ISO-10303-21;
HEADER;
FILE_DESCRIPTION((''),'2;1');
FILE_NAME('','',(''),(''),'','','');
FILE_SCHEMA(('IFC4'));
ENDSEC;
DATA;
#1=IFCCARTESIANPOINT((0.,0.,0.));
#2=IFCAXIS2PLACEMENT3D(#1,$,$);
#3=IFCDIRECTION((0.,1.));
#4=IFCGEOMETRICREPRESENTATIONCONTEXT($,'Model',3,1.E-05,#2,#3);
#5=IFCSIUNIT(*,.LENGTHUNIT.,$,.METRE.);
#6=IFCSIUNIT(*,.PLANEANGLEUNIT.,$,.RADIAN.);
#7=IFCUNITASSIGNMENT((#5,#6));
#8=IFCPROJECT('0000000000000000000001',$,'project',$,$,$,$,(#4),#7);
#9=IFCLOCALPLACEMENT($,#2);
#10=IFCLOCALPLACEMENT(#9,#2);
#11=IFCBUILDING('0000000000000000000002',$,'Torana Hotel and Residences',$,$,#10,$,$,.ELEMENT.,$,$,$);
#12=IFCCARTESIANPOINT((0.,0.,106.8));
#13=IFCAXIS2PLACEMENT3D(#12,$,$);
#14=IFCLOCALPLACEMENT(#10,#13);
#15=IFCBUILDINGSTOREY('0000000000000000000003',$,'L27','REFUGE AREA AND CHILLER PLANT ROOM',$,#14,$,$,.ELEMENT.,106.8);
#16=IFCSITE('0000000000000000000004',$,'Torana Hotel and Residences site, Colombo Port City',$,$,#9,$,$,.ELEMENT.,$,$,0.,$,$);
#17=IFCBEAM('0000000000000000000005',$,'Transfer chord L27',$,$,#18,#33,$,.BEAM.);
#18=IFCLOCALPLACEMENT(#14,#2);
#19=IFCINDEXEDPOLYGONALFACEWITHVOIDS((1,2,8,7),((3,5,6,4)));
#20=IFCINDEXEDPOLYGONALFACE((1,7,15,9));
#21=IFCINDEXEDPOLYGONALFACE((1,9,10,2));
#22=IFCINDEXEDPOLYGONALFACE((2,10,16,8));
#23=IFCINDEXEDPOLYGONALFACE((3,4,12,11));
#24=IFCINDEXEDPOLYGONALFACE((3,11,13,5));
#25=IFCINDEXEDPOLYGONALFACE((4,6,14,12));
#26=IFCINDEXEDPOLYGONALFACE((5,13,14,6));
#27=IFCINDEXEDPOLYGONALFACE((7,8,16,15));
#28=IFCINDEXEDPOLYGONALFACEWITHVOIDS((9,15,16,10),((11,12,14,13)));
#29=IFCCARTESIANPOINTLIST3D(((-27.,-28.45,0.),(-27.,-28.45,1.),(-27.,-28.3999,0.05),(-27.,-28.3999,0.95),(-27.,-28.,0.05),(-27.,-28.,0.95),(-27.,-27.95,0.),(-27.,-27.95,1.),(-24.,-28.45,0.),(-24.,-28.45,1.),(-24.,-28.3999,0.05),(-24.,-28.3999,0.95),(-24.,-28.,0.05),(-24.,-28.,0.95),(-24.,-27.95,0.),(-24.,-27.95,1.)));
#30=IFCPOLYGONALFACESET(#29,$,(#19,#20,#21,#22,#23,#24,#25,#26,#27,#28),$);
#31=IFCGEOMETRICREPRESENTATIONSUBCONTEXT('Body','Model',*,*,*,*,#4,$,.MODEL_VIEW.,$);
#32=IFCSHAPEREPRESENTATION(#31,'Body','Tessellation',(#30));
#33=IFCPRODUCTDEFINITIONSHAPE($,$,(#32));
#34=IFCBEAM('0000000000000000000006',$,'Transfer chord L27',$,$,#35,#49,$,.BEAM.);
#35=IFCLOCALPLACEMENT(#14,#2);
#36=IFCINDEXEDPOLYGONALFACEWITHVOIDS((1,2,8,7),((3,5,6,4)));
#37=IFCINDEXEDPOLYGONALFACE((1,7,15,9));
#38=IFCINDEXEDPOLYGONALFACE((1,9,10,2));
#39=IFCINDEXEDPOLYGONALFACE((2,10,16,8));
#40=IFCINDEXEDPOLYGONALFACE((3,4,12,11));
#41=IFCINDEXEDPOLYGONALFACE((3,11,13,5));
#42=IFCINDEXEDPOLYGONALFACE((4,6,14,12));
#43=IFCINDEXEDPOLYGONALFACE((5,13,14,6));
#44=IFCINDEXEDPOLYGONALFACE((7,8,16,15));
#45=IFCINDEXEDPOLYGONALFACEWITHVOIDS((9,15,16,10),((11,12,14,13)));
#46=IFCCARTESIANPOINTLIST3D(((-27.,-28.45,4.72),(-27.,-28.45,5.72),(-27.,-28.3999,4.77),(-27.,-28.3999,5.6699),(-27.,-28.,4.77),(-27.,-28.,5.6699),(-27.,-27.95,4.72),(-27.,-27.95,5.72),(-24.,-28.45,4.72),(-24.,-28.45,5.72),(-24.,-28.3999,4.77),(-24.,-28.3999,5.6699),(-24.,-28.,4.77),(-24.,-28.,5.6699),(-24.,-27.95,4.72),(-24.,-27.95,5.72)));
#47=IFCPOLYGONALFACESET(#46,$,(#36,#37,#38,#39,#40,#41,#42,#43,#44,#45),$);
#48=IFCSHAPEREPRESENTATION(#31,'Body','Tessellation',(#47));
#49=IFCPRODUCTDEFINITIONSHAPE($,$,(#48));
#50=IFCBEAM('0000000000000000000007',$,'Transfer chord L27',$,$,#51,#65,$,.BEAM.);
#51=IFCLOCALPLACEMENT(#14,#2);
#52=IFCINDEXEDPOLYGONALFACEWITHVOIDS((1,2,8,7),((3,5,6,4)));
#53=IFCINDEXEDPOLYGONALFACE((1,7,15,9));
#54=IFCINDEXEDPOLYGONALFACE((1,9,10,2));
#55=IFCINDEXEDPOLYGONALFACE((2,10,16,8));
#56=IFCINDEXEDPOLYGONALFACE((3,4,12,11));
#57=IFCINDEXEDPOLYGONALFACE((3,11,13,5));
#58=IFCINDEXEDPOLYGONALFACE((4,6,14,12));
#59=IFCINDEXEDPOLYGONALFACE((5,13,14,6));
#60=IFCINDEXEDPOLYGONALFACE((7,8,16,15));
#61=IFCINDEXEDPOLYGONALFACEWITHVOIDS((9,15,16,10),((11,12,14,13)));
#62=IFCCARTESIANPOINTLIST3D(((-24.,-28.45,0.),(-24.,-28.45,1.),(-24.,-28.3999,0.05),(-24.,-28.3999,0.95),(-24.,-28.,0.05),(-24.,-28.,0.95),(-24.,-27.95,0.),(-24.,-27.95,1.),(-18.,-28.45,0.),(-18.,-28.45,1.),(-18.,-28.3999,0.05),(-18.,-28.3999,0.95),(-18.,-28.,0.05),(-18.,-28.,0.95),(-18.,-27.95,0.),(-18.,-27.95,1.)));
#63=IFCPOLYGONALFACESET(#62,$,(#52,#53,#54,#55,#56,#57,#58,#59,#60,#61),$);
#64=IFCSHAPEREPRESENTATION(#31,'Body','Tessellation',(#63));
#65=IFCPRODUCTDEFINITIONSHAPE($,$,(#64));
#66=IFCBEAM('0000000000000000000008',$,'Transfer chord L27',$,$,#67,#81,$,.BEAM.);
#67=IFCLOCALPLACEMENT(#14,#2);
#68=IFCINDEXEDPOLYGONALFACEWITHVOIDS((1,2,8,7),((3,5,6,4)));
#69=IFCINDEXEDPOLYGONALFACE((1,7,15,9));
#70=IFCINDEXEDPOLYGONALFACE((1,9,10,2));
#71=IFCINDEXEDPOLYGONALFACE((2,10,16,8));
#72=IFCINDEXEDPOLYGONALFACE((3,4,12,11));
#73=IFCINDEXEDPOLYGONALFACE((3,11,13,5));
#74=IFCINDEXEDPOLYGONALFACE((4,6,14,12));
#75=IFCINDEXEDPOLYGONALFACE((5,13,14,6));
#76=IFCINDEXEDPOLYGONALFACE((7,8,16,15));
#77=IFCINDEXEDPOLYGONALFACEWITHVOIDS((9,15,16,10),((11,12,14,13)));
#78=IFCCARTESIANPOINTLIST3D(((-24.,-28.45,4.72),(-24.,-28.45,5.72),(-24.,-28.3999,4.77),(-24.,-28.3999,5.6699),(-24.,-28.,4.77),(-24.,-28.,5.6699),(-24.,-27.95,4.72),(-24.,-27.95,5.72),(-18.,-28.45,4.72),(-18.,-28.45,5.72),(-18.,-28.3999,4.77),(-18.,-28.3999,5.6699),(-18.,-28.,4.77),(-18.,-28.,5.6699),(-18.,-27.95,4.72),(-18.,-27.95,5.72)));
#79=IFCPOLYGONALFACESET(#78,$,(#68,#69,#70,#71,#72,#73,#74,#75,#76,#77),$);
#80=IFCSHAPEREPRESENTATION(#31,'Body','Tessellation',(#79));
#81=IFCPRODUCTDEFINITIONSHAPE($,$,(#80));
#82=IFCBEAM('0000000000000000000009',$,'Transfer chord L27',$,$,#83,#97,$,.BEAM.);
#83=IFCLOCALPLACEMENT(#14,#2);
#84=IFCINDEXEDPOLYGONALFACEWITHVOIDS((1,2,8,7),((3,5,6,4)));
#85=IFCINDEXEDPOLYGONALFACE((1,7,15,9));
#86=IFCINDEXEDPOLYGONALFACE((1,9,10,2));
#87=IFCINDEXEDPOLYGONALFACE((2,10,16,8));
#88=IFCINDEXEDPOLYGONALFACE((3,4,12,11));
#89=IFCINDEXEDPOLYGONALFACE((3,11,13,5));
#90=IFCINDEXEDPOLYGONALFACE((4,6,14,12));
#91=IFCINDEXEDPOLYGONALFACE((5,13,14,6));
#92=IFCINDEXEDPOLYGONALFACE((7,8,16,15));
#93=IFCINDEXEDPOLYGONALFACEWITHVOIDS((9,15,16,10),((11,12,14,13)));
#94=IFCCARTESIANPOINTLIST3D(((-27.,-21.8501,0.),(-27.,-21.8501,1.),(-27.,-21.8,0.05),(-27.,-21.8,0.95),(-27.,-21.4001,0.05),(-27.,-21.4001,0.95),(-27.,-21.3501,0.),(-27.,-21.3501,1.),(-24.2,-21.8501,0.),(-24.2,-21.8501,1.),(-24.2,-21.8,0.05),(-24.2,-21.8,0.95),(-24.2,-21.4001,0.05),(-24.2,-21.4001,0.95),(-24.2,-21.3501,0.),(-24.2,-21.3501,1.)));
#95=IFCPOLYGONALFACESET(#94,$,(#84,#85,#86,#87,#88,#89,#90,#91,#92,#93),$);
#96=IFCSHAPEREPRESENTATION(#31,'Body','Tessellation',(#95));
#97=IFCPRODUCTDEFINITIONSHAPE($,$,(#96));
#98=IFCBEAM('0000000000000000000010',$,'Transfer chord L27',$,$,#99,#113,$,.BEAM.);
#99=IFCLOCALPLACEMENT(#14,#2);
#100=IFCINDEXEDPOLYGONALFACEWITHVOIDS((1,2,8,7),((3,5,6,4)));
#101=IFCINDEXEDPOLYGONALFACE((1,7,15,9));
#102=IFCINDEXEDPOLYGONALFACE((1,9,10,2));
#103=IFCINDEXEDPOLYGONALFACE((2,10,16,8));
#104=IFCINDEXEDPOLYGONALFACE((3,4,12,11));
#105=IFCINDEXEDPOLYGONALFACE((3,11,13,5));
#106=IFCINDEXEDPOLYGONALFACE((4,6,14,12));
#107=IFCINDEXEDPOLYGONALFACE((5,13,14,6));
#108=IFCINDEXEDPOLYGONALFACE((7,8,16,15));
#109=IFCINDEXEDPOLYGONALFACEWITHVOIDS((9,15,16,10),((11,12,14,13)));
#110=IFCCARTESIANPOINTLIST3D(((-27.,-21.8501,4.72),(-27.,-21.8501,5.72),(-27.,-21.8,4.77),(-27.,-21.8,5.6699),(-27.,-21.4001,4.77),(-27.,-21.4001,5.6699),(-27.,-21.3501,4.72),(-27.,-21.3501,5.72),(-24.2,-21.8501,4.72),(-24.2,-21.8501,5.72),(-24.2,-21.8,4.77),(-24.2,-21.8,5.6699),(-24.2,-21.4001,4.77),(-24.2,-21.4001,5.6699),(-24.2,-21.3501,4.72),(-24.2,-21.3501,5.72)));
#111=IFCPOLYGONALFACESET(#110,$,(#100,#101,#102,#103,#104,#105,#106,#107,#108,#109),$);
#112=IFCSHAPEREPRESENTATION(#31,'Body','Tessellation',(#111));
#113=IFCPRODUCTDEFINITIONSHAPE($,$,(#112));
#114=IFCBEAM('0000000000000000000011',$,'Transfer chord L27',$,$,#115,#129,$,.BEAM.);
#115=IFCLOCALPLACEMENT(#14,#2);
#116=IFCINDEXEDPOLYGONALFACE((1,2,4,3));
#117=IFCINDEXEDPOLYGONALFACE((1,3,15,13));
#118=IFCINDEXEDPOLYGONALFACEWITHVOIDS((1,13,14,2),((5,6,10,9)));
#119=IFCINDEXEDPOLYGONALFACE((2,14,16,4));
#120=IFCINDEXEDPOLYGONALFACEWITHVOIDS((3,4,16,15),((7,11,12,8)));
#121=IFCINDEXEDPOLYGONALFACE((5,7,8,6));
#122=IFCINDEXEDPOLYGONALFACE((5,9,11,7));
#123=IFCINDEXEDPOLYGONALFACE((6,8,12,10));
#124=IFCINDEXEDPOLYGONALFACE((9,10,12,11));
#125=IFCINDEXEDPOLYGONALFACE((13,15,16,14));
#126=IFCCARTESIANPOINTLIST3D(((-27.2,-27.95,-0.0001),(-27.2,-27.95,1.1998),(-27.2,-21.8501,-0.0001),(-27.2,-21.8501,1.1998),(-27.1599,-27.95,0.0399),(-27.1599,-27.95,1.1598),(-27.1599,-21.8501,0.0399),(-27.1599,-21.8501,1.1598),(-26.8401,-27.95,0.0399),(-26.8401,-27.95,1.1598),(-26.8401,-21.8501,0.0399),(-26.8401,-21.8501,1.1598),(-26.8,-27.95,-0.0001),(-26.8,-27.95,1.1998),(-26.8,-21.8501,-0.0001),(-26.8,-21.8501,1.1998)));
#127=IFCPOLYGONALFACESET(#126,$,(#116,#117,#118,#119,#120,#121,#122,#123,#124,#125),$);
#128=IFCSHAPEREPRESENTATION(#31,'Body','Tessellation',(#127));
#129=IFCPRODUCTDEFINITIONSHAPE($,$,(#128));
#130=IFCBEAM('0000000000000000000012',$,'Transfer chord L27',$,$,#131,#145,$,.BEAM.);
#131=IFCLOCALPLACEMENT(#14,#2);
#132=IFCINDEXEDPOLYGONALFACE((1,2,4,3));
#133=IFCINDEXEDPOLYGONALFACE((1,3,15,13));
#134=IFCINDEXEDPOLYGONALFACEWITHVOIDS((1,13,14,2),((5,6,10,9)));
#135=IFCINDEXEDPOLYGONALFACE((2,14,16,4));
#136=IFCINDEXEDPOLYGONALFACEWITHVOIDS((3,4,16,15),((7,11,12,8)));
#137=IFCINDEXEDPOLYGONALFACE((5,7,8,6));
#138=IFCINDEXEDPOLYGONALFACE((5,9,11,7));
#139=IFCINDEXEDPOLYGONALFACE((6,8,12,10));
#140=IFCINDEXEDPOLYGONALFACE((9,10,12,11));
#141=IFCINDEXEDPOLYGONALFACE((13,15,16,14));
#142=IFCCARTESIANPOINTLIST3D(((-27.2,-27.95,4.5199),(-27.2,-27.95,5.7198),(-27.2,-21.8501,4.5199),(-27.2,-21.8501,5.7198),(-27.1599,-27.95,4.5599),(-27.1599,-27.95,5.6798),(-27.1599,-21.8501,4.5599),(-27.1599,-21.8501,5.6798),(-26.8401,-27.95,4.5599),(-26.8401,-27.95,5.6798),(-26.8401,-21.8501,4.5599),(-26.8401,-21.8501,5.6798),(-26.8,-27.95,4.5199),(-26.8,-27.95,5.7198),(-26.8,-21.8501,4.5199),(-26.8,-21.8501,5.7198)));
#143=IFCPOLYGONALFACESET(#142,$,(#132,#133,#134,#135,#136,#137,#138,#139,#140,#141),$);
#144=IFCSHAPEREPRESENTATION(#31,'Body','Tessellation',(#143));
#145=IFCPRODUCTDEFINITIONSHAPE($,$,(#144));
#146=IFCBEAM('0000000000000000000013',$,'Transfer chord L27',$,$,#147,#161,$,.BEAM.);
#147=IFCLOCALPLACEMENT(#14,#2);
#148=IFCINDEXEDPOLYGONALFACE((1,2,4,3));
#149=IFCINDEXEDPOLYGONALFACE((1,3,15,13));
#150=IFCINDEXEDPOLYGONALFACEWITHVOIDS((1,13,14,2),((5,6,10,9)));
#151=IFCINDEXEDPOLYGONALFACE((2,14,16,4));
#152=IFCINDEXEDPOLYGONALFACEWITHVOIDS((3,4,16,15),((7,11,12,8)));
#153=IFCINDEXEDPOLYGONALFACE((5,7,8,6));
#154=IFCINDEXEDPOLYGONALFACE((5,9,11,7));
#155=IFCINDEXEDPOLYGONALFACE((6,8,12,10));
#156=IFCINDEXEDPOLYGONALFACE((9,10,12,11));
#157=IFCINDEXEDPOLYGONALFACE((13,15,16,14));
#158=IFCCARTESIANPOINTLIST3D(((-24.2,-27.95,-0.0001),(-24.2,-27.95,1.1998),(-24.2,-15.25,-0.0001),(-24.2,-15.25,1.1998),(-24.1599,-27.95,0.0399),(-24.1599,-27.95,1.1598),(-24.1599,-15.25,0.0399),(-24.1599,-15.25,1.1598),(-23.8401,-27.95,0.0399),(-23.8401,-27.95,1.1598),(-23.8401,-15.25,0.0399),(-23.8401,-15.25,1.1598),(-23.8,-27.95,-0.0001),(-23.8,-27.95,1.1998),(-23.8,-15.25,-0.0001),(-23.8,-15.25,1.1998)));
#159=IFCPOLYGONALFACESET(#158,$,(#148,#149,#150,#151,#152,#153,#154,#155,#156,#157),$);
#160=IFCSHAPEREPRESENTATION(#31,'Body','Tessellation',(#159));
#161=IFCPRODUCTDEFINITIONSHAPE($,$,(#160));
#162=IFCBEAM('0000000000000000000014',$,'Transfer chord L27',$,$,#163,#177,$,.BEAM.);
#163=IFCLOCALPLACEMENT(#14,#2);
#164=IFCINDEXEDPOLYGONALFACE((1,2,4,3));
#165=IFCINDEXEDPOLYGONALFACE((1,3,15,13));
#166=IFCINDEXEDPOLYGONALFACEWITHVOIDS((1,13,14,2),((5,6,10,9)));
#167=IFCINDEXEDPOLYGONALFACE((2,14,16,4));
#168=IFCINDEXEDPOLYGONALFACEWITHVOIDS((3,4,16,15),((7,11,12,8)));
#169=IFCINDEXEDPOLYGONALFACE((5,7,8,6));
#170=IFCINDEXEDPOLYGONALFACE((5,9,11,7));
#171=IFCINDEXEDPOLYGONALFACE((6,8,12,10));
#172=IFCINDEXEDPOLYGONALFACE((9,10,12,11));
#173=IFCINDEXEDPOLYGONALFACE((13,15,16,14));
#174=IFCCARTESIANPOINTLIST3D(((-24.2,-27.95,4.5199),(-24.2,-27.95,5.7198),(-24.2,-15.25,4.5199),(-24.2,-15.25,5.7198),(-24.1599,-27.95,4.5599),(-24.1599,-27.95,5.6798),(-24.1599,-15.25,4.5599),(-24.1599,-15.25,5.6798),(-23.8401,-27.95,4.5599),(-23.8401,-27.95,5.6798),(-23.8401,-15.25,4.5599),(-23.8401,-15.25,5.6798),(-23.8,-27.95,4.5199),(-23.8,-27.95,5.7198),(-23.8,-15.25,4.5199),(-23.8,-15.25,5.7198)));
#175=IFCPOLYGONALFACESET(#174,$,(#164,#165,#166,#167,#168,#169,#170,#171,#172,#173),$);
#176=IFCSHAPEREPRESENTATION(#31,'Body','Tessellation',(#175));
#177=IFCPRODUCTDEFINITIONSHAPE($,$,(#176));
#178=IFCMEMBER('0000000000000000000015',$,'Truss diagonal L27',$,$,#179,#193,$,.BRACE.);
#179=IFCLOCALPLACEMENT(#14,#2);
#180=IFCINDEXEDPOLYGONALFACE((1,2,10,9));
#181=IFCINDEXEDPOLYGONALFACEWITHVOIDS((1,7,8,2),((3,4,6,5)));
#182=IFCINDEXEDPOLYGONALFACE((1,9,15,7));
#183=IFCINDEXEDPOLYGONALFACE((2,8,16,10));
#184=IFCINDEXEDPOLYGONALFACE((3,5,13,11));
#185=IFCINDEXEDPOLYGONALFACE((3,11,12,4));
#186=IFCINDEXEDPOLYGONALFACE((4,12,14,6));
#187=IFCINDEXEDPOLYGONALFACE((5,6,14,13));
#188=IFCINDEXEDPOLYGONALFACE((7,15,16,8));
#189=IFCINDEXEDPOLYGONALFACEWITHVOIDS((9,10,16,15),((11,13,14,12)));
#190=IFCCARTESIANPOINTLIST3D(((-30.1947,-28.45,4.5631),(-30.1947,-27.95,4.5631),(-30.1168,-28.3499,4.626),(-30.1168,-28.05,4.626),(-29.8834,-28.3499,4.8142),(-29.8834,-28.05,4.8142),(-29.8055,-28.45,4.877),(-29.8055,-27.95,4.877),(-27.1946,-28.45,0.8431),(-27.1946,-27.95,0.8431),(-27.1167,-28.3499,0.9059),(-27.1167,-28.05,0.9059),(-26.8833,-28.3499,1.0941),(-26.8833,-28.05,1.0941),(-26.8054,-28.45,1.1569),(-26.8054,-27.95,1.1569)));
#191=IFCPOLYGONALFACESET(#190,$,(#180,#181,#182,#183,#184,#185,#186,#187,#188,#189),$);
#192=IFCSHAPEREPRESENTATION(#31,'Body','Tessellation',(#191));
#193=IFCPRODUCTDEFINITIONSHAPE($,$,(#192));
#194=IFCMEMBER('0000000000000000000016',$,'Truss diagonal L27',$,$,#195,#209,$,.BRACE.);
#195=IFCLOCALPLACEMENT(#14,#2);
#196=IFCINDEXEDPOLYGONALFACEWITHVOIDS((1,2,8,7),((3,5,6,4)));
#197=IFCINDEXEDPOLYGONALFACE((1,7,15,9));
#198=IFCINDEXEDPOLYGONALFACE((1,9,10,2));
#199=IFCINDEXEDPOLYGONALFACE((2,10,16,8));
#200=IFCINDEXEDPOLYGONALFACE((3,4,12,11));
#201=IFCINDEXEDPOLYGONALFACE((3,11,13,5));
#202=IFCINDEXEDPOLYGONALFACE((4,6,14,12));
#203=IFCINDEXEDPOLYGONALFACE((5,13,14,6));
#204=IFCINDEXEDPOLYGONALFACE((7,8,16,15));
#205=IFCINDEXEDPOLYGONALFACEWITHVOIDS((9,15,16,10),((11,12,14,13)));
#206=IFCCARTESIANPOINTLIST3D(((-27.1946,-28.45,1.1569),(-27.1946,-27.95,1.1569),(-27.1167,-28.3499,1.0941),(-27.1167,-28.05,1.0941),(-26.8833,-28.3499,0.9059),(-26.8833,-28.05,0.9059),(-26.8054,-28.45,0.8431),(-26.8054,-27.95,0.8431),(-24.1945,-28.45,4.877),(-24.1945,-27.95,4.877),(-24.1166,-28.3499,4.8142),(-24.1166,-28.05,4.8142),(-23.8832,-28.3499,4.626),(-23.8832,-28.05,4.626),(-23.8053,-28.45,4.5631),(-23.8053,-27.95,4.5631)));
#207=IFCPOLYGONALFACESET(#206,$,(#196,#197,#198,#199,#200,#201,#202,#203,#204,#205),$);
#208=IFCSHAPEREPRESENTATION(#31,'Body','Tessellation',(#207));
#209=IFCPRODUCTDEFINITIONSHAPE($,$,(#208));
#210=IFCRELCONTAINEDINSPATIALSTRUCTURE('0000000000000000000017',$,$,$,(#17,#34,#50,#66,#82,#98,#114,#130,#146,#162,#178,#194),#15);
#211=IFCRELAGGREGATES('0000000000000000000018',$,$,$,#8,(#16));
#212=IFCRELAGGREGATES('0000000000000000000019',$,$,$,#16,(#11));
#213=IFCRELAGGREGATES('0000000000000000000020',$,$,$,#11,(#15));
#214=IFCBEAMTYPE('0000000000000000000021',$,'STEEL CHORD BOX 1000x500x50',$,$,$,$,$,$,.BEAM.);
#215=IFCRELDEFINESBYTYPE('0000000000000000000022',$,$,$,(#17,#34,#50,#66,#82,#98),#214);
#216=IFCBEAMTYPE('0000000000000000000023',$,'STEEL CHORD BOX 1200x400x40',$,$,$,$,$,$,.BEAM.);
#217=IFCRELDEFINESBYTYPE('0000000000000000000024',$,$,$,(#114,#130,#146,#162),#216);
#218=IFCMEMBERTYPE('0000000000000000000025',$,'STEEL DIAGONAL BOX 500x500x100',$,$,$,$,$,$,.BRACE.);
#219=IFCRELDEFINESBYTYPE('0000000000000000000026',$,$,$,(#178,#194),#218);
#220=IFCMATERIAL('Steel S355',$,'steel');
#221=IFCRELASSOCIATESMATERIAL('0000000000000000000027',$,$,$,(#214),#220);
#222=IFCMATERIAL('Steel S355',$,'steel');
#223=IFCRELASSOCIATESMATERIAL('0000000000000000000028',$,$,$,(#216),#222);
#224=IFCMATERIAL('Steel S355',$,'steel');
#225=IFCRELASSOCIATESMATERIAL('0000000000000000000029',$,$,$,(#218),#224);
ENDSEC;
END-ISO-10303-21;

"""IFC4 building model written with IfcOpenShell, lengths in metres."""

from ifc_helpers import new_model, si_unit, direction, frame, origin, origin_2d, place, context, subcontext, project, spatial, hollow_rectangle, extrude, material, material_profile, profile_set, type_object, element, save


model = new_model("IFC4")

# Units and contexts
model_context = context("Model", 3, precision=1e-05, world=origin(), true_north=direction((0.0, 1.0)))
body_context = subcontext(model_context, "Body", "Model", "MODEL_VIEW")
ifc_project = project(units=[si_unit("LENGTHUNIT", "METRE"), si_unit("PLANEANGLEUNIT", "RADIAN")], contexts=[model_context])

# Site, building, storey
site_placement = place(None, origin())
site = spatial("IfcSite", under=ifc_project, at=site_placement, Name="Torana Hotel and Residences site, Colombo Port City", CompositionType="ELEMENT", RefElevation=0.0)
building_placement = place(site_placement, origin())
building = spatial("IfcBuilding", under=site, at=building_placement, Name="Torana Hotel and Residences", CompositionType="ELEMENT")
storey_placement = place(building_placement, frame((0.0, 0.0, 106.8)))
storey = spatial("IfcBuildingStorey", under=building, at=storey_placement, Name="L27", Description="REFUGE AREA AND CHILLER PLANT ROOM", CompositionType="ELEMENT", Elevation=106.8)

# Beams
ifc_material_1 = material(Name="Steel S355", Category="steel")
ifc_material_profile_1 = material_profile(ifc_material_1, hollow_rectangle(XDim=0.5, YDim=1.0, WallThickness=0.05, at=origin_2d()), Name="BOX 1000x500x50")
ifc_profile_set_1 = profile_set([ifc_material_profile_1], Name="Steel S355")
beam_type_1 = type_object("IfcBeamType", Name="STEEL CHORD BOX 1000x500x50", PredefinedType="BEAM", material=ifc_profile_set_1)
for number, where, z_axis, x_axis, name in (
    (1, (-27.0, -28.2, 0.5), (1.0, 0.0, 0.0), (0.0, 1.0, 0.0), "Transfer chord L27"),
    (2, (-27.0, -28.2, 5.22), (1.0, 0.0, 0.0), (0.0, 1.0, 0.0), "Transfer chord L27"),
):
    element("IfcBeam", number, at=place(storey_placement, frame(where, z_axis=z_axis, x_axis=x_axis)), inside=storey, type_object=beam_type_1, Name=name, PredefinedType="BEAM", context=body_context, shape_type="SweptSolid", body=[
        extrude(hollow_rectangle(XDim=0.5, YDim=1.0, WallThickness=0.05, at=origin_2d()), origin(), (0.0, 0.0, 1.0), 3.0),
    ])
for number, where, z_axis, x_axis, name in (
    (3, (-24.0, -28.2, 0.5), (1.0, 0.0, 0.0), (0.0, 1.0, 0.0), "Transfer chord L27"),
    (4, (-24.0, -28.2, 5.22), (1.0, 0.0, 0.0), (0.0, 1.0, 0.0), "Transfer chord L27"),
):
    element("IfcBeam", number, at=place(storey_placement, frame(where, z_axis=z_axis, x_axis=x_axis)), inside=storey, type_object=beam_type_1, Name=name, PredefinedType="BEAM", context=body_context, shape_type="SweptSolid", body=[
        extrude(hollow_rectangle(XDim=0.5, YDim=1.0, WallThickness=0.05, at=origin_2d()), origin(), (0.0, 0.0, 1.0), 6.0),
    ])
for number, where, z_axis, x_axis, name in (
    (5, (-27.0, -21.6001, 0.5), (1.0, 0.0, 0.0), (0.0, 1.0, 0.0), "Transfer chord L27"),
    (6, (-27.0, -21.6001, 5.22), (1.0, 0.0, 0.0), (0.0, 1.0, 0.0), "Transfer chord L27"),
):
    element("IfcBeam", number, at=place(storey_placement, frame(where, z_axis=z_axis, x_axis=x_axis)), inside=storey, type_object=beam_type_1, Name=name, PredefinedType="BEAM", context=body_context, shape_type="SweptSolid", body=[
        extrude(hollow_rectangle(XDim=0.5, YDim=1.0, WallThickness=0.05, at=origin_2d()), origin(), (0.0, 0.0, 1.0), 2.8),
    ])
ifc_material_2 = material(Name="Steel S355", Category="steel")
ifc_material_profile_2 = material_profile(ifc_material_2, hollow_rectangle(XDim=0.3999, YDim=1.2, WallThickness=0.04, at=origin_2d()), Name="BOX 1200x400x40")
ifc_profile_set_2 = profile_set([ifc_material_profile_2], Name="Steel S355")
beam_type_2 = type_object("IfcBeamType", Name="STEEL CHORD BOX 1200x400x40", PredefinedType="BEAM", material=ifc_profile_set_2)
for number, where, z_axis, x_axis, name in (
    (7, (-27.0, -27.95, 0.5999), (0.0, 1.0, 0.0), (-1.0, 0.0, 0.0), "Transfer chord L27"),
    (8, (-27.0, -27.95, 5.1199), (0.0, 1.0, 0.0), (-1.0, 0.0, 0.0), "Transfer chord L27"),
):
    element("IfcBeam", number, at=place(storey_placement, frame(where, z_axis=z_axis, x_axis=x_axis)), inside=storey, type_object=beam_type_2, Name=name, PredefinedType="BEAM", context=body_context, shape_type="SweptSolid", body=[
        extrude(hollow_rectangle(XDim=0.3999, YDim=1.2, WallThickness=0.04, at=origin_2d()), origin(), (0.0, 0.0, 1.0), 6.0999),
    ])
for number, where, z_axis, x_axis, name in (
    (9, (-24.0, -27.95, 0.5999), (0.0, 1.0, 0.0), (-1.0, 0.0, 0.0), "Transfer chord L27"),
    (10, (-24.0, -27.95, 5.1199), (0.0, 1.0, 0.0), (-1.0, 0.0, 0.0), "Transfer chord L27"),
):
    element("IfcBeam", number, at=place(storey_placement, frame(where, z_axis=z_axis, x_axis=x_axis)), inside=storey, type_object=beam_type_2, Name=name, PredefinedType="BEAM", context=body_context, shape_type="SweptSolid", body=[
        extrude(hollow_rectangle(XDim=0.3999, YDim=1.2, WallThickness=0.04, at=origin_2d()), origin(), (0.0, 0.0, 1.0), 12.7),
    ])

# Members
ifc_material_3 = material(Name="Steel S355", Category="steel")
ifc_material_profile_3 = material_profile(ifc_material_3, hollow_rectangle(XDim=0.5, YDim=0.5, WallThickness=0.1001, at=origin_2d()), Name="BOX 500x500x100")
ifc_profile_set_3 = profile_set([ifc_material_profile_3], Name="Steel S355")
member_type_1 = type_object("IfcMemberType", Name="STEEL DIAGONAL BOX 500x500x100", PredefinedType="BRACE", material=ifc_profile_set_3)
for number, where, z_axis, x_axis, name in (
    (11, (-27.0, -28.2, 1.0), (-0.627755, 0.0, 0.778411), (0.0, -1.0, 0.0), "Truss diagonal L27"),
    (12, (-27.0, -28.2, 1.0), (0.627755, 0.0, 0.778411), (0.0, 1.0, 0.0), "Truss diagonal L27"),
):
    element("IfcMember", number, at=place(storey_placement, frame(where, z_axis=z_axis, x_axis=x_axis)), inside=storey, type_object=member_type_1, Name=name, PredefinedType="BRACE", context=body_context, shape_type="SweptSolid", body=[
        extrude(hollow_rectangle(XDim=0.5, YDim=0.5, WallThickness=0.1001, at=origin_2d()), origin(), (0.0, 0.0, 1.0), 4.7791),
    ])

save(model, "model.ifc")
